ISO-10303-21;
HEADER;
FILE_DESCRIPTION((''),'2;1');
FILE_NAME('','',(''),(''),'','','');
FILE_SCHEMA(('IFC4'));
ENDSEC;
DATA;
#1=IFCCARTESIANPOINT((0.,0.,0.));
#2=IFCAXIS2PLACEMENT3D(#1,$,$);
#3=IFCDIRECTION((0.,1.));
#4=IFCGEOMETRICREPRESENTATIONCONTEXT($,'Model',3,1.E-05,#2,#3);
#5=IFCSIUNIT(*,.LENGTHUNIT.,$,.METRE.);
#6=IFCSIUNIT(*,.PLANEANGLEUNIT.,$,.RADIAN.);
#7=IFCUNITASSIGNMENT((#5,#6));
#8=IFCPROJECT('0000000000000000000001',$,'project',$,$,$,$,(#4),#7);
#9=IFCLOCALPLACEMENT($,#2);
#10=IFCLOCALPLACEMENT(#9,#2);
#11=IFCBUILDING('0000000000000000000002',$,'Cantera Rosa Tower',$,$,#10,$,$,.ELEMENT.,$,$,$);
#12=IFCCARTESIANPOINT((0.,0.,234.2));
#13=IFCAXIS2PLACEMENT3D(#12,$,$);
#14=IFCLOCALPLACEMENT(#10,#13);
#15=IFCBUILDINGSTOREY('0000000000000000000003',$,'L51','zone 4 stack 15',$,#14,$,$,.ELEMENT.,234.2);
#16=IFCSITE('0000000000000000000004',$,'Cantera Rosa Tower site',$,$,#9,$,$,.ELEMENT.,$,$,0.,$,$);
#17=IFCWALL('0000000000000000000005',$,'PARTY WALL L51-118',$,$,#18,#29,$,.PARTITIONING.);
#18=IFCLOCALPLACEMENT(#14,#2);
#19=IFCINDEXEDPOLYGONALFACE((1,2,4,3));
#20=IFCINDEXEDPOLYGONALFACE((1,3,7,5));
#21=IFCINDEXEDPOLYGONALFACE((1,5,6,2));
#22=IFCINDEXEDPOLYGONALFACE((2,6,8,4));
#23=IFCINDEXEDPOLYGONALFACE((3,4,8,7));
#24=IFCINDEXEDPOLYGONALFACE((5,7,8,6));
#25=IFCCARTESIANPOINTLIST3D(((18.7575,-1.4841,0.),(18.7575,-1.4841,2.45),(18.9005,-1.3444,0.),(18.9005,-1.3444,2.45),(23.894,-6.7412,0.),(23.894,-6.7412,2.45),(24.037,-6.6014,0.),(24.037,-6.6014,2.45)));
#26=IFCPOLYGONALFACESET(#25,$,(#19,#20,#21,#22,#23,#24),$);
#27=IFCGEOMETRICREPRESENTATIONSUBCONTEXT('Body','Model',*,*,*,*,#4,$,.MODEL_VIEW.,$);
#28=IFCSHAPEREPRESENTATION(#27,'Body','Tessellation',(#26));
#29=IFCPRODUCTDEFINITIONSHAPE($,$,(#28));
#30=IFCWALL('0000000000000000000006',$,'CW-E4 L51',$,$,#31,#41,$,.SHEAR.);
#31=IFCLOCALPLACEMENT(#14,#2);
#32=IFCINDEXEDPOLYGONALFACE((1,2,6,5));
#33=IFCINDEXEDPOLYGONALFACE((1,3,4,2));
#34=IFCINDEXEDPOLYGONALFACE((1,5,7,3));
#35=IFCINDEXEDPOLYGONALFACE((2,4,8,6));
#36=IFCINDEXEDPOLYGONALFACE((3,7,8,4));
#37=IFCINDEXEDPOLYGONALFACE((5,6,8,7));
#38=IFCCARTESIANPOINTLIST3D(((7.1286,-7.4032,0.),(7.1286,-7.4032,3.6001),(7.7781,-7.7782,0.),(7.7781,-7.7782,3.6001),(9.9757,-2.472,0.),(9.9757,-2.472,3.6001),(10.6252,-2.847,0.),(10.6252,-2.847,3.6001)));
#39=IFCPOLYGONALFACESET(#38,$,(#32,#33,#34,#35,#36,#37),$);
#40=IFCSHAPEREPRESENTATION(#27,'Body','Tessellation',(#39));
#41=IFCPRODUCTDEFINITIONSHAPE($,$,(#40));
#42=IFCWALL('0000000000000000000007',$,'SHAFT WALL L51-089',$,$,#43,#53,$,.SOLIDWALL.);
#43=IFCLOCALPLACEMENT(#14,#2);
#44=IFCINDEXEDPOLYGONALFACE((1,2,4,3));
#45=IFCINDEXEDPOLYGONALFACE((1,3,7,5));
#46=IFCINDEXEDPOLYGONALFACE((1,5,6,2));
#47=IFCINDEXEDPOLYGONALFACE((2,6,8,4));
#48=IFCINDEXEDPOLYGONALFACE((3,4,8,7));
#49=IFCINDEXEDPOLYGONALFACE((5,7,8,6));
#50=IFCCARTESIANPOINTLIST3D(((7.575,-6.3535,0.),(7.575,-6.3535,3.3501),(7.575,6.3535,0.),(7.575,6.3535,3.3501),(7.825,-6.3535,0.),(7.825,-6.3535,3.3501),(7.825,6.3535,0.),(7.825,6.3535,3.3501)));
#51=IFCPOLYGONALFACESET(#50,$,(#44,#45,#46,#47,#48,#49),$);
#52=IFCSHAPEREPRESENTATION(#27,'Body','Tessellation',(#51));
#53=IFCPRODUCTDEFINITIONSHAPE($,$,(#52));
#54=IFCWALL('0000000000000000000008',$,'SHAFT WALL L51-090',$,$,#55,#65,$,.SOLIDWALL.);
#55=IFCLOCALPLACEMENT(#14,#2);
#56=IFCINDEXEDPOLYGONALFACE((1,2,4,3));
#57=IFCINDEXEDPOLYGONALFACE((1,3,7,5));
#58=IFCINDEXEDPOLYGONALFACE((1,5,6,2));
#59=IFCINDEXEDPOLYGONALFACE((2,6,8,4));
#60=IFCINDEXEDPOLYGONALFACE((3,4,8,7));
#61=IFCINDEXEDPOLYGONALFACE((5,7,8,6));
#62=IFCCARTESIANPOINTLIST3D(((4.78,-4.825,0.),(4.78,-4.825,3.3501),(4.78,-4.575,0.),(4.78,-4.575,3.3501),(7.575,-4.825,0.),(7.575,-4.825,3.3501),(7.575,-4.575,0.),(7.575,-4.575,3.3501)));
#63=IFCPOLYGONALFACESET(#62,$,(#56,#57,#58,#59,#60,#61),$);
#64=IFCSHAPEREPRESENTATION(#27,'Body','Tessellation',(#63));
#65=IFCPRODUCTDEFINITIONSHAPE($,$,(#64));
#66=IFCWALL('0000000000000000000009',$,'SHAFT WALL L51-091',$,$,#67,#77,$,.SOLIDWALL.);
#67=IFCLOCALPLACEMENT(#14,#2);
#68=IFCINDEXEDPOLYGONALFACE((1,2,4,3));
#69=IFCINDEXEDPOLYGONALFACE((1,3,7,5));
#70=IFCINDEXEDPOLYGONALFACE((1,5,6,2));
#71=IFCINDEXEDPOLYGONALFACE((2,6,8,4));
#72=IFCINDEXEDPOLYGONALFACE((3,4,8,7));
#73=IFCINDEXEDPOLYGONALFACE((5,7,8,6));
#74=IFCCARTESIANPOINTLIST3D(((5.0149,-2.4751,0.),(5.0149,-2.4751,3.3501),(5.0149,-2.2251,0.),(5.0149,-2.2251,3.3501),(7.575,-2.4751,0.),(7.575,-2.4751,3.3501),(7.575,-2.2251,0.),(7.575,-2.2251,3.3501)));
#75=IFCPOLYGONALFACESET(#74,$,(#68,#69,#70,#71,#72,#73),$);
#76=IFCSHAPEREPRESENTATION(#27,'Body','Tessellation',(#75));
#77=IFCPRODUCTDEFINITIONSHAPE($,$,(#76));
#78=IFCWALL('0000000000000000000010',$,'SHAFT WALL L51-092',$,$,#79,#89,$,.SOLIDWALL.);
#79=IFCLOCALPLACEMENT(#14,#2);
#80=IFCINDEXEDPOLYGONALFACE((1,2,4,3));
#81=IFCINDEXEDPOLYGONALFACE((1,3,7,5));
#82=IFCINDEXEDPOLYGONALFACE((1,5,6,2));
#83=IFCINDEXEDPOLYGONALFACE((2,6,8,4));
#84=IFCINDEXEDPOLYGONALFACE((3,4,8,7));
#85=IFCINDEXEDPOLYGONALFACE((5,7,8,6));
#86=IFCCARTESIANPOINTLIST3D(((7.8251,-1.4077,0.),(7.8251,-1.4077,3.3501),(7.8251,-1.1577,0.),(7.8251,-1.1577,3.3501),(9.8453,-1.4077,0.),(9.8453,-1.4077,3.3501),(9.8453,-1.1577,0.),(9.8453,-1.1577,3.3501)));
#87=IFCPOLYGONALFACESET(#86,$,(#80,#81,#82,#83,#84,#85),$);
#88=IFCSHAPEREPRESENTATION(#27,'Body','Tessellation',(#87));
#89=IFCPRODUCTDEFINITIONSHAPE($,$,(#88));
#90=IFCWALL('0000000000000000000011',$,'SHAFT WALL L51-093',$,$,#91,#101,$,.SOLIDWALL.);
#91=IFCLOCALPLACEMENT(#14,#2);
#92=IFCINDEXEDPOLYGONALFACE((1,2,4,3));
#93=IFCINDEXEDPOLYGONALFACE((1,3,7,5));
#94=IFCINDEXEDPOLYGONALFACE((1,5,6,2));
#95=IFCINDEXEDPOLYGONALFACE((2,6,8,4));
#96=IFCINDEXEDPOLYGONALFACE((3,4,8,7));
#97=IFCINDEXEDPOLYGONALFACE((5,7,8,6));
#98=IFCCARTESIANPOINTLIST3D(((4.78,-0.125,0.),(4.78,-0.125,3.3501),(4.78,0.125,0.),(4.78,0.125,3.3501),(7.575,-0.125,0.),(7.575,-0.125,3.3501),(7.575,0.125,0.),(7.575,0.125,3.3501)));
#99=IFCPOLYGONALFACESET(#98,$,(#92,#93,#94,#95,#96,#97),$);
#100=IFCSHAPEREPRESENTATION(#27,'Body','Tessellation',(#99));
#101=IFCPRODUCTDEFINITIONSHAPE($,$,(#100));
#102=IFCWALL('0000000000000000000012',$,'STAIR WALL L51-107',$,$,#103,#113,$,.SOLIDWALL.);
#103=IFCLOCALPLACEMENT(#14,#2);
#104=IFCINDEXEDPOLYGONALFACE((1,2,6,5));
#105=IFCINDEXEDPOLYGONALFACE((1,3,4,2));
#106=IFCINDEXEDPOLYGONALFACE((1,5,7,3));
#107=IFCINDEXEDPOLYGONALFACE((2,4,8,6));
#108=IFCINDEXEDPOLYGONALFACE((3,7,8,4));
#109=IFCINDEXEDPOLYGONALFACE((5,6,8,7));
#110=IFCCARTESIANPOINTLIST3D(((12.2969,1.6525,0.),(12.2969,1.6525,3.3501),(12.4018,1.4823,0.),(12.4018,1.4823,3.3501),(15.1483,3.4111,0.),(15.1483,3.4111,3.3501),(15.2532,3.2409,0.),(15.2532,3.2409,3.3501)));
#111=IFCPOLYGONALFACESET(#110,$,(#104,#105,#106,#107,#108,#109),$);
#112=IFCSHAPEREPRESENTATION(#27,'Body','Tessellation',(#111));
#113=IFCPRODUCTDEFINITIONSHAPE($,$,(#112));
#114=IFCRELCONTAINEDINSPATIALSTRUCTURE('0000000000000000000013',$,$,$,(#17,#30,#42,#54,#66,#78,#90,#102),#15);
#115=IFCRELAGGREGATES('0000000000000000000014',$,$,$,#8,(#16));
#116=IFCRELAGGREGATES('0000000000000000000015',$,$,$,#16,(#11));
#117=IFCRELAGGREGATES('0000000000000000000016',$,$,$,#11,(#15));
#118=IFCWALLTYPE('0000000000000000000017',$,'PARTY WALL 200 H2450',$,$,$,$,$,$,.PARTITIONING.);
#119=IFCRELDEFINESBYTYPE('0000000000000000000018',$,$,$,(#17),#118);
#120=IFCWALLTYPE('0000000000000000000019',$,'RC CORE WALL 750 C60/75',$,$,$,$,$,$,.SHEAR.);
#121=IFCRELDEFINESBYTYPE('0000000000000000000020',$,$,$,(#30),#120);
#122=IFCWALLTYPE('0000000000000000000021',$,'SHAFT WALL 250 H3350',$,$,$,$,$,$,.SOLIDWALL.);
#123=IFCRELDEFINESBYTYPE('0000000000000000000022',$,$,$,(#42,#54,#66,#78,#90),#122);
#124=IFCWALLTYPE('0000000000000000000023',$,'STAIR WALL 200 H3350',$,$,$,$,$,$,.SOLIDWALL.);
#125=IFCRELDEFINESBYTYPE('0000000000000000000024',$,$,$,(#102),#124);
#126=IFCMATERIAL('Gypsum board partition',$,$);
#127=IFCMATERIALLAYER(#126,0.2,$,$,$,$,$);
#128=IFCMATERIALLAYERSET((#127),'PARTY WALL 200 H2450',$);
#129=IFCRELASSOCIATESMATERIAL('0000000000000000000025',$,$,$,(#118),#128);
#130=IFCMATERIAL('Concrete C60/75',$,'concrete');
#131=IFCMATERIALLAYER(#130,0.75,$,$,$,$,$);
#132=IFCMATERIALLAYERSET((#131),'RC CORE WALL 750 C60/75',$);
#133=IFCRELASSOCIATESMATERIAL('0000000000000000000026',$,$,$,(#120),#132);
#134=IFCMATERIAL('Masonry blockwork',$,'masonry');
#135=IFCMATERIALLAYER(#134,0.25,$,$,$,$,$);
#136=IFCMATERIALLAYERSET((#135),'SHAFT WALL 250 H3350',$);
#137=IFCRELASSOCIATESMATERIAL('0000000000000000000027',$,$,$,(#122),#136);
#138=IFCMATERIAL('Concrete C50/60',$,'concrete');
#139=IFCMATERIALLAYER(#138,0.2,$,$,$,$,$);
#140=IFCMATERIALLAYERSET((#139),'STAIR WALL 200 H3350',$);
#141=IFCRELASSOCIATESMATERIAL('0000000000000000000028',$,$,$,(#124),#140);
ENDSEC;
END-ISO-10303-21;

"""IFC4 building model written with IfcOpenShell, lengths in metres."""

from ifc_helpers import new_model, si_unit, direction, frame, frame_2d, origin, place, context, subcontext, project, spatial, rectangle, extrude, material, layer, layer_set, type_object, element, save


model = new_model("IFC4")

# Units and contexts
model_context = context("Model", 3, precision=1e-05, world=origin(), true_north=direction((0.0, 1.0)))
body_context = subcontext(model_context, "Body", "Model", "MODEL_VIEW")
ifc_project = project(units=[si_unit("LENGTHUNIT", "METRE"), si_unit("PLANEANGLEUNIT", "RADIAN")], contexts=[model_context])

# Site, building, storey
site_placement = place(None, origin())
site = spatial("IfcSite", under=ifc_project, at=site_placement, Name="Cantera Rosa Tower site", CompositionType="ELEMENT", RefElevation=0.0)
building_placement = place(site_placement, origin())
building = spatial("IfcBuilding", under=site, at=building_placement, Name="Cantera Rosa Tower", CompositionType="ELEMENT")
storey_placement = place(building_placement, frame((0.0, 0.0, 234.2)))
storey = spatial("IfcBuildingStorey", under=building, at=storey_placement, Name="L51", Description="zone 4 stack 15", CompositionType="ELEMENT", Elevation=234.2)

# Walls
ifc_material_1 = material(Name="Gypsum board partition")
ifc_layer_1 = layer(ifc_material_1, 0.2)
ifc_layer_set_1 = layer_set([ifc_layer_1], Name="PARTY WALL 200 H2450")
wall_type_1 = type_object("IfcWallType", Name="PARTY WALL 200 H2450", PredefinedType="PARTITIONING", material=ifc_layer_set_1)
wall_1_placement = place(storey_placement, frame((18.8291, -1.4143, 0.0), z_axis=(0.0, 0.0, 1.0), x_axis=(0.698855, -0.715264, 0.0)))
element("IfcWall", 1, at=wall_1_placement, inside=storey, type_object=wall_type_1, Name="PARTY WALL L51-118", PredefinedType="PARTITIONING", context=body_context, shape_type="SweptSolid", body=[
    extrude(rectangle(XDim=7.3499, YDim=0.2, at=frame_2d((3.6748, 0.0))), origin(), (0.0, 0.0, 1.0), 2.45),
])
ifc_material_2 = material(Name="Concrete C60/75", Category="concrete")
ifc_layer_2 = layer(ifc_material_2, 0.75)
ifc_layer_set_2 = layer_set([ifc_layer_2], Name="RC CORE WALL 750 C60/75")
wall_type_2 = type_object("IfcWallType", Name="RC CORE WALL 750 C60/75", PredefinedType="SHEAR", material=ifc_layer_set_2)
wall_2_placement = place(storey_placement, frame((10.3005, -2.6594, 0.0), z_axis=(0.0, 0.0, 1.0), x_axis=(-0.500022, -0.866013, 0.0)))
element("IfcWall", 2, at=wall_2_placement, inside=storey, type_object=wall_type_2, Name="CW-E4 L51", PredefinedType="SHEAR", context=body_context, shape_type="SweptSolid", body=[
    extrude(rectangle(XDim=5.6941, YDim=0.75, at=frame_2d((2.8472, 0.0))), origin(), (0.0, 0.0, 1.0), 3.6001),
])
ifc_material_3 = material(Name="Masonry blockwork", Category="masonry")
ifc_layer_3 = layer(ifc_material_3, 0.25)
ifc_layer_set_3 = layer_set([ifc_layer_3], Name="SHAFT WALL 250 H3350")
wall_type_3 = type_object("IfcWallType", Name="SHAFT WALL 250 H3350", PredefinedType="SOLIDWALL", material=ifc_layer_set_3)
wall_3_placement = place(storey_placement, frame((7.7, -6.3535, 0.0), z_axis=(0.0, 0.0, 1.0), x_axis=(0.0, 1.0, 0.0)))
element("IfcWall", 3, at=wall_3_placement, inside=storey, type_object=wall_type_3, Name="SHAFT WALL L51-089", PredefinedType="SOLIDWALL", context=body_context, shape_type="SweptSolid", body=[
    extrude(rectangle(XDim=12.707, YDim=0.25, at=frame_2d((6.3535, 0.0))), origin(), (0.0, 0.0, 1.0), 3.3501),
])
wall_4_placement = place(storey_placement, frame((7.575, -4.7, 0.0), z_axis=(0.0, 0.0, 1.0), x_axis=(-1.0, 0.0, 0.0)))
element("IfcWall", 4, at=wall_4_placement, inside=storey, type_object=wall_type_3, Name="SHAFT WALL L51-090", PredefinedType="SOLIDWALL", context=body_context, shape_type="SweptSolid", body=[
    extrude(rectangle(XDim=2.7949, YDim=0.25, at=frame_2d((1.3975, 0.0))), origin(), (0.0, 0.0, 1.0), 3.3501),
])
wall_5_placement = place(storey_placement, frame((7.575, -2.3501, 0.0), z_axis=(0.0, 0.0, 1.0), x_axis=(-1.0, 0.0, 0.0)))
element("IfcWall", 5, at=wall_5_placement, inside=storey, type_object=wall_type_3, Name="SHAFT WALL L51-091", PredefinedType="SOLIDWALL", context=body_context, shape_type="SweptSolid", body=[
    extrude(rectangle(XDim=2.5601, YDim=0.25, at=frame_2d((1.28, 0.0))), origin(), (0.0, 0.0, 1.0), 3.3501),
])
wall_6_placement = place(storey_placement, frame((7.825, -1.2827, 0.0), z_axis=(0.0, 0.0, 1.0), x_axis=(1.0, 0.0, 0.0)))
element("IfcWall", 6, at=wall_6_placement, inside=storey, type_object=wall_type_3, Name="SHAFT WALL L51-092", PredefinedType="SOLIDWALL", context=body_context, shape_type="SweptSolid", body=[
    extrude(rectangle(XDim=2.0203, YDim=0.25, at=frame_2d((1.0103, 0.0))), origin(), (0.0, 0.0, 1.0), 3.3501),
])
wall_7_placement = place(storey_placement, frame((7.575, 0.0, 0.0), z_axis=(0.0, 0.0, 1.0), x_axis=(-1.0, 0.0, 0.0)))
element("IfcWall", 7, at=wall_7_placement, inside=storey, type_object=wall_type_3, Name="SHAFT WALL L51-093", PredefinedType="SOLIDWALL", context=body_context, shape_type="SweptSolid", body=[
    extrude(rectangle(XDim=2.7949, YDim=0.25, at=frame_2d((1.3975, 0.0))), origin(), (0.0, 0.0, 1.0), 3.3501),
])
ifc_material_4 = material(Name="Concrete C50/60", Category="concrete")
ifc_layer_4 = layer(ifc_material_4, 0.2)
ifc_layer_set_4 = layer_set([ifc_layer_4], Name="STAIR WALL 200 H3350")
wall_type_4 = type_object("IfcWallType", Name="STAIR WALL 200 H3350", PredefinedType="SOLIDWALL", material=ifc_layer_set_4)
wall_8_placement = place(storey_placement, frame((12.3494, 1.5674, 0.0), z_axis=(0.0, 0.0, 1.0), x_axis=(0.85114, 0.524939, 0.0)))
element("IfcWall", 8, at=wall_8_placement, inside=storey, type_object=wall_type_4, Name="STAIR WALL L51-107", PredefinedType="SOLIDWALL", context=body_context, shape_type="SweptSolid", body=[
    extrude(rectangle(XDim=3.3501, YDim=0.2, at=frame_2d((1.675, 0.0))), origin(), (0.0, 0.0, 1.0), 3.3501),
])

save(model, "model.ifc")
